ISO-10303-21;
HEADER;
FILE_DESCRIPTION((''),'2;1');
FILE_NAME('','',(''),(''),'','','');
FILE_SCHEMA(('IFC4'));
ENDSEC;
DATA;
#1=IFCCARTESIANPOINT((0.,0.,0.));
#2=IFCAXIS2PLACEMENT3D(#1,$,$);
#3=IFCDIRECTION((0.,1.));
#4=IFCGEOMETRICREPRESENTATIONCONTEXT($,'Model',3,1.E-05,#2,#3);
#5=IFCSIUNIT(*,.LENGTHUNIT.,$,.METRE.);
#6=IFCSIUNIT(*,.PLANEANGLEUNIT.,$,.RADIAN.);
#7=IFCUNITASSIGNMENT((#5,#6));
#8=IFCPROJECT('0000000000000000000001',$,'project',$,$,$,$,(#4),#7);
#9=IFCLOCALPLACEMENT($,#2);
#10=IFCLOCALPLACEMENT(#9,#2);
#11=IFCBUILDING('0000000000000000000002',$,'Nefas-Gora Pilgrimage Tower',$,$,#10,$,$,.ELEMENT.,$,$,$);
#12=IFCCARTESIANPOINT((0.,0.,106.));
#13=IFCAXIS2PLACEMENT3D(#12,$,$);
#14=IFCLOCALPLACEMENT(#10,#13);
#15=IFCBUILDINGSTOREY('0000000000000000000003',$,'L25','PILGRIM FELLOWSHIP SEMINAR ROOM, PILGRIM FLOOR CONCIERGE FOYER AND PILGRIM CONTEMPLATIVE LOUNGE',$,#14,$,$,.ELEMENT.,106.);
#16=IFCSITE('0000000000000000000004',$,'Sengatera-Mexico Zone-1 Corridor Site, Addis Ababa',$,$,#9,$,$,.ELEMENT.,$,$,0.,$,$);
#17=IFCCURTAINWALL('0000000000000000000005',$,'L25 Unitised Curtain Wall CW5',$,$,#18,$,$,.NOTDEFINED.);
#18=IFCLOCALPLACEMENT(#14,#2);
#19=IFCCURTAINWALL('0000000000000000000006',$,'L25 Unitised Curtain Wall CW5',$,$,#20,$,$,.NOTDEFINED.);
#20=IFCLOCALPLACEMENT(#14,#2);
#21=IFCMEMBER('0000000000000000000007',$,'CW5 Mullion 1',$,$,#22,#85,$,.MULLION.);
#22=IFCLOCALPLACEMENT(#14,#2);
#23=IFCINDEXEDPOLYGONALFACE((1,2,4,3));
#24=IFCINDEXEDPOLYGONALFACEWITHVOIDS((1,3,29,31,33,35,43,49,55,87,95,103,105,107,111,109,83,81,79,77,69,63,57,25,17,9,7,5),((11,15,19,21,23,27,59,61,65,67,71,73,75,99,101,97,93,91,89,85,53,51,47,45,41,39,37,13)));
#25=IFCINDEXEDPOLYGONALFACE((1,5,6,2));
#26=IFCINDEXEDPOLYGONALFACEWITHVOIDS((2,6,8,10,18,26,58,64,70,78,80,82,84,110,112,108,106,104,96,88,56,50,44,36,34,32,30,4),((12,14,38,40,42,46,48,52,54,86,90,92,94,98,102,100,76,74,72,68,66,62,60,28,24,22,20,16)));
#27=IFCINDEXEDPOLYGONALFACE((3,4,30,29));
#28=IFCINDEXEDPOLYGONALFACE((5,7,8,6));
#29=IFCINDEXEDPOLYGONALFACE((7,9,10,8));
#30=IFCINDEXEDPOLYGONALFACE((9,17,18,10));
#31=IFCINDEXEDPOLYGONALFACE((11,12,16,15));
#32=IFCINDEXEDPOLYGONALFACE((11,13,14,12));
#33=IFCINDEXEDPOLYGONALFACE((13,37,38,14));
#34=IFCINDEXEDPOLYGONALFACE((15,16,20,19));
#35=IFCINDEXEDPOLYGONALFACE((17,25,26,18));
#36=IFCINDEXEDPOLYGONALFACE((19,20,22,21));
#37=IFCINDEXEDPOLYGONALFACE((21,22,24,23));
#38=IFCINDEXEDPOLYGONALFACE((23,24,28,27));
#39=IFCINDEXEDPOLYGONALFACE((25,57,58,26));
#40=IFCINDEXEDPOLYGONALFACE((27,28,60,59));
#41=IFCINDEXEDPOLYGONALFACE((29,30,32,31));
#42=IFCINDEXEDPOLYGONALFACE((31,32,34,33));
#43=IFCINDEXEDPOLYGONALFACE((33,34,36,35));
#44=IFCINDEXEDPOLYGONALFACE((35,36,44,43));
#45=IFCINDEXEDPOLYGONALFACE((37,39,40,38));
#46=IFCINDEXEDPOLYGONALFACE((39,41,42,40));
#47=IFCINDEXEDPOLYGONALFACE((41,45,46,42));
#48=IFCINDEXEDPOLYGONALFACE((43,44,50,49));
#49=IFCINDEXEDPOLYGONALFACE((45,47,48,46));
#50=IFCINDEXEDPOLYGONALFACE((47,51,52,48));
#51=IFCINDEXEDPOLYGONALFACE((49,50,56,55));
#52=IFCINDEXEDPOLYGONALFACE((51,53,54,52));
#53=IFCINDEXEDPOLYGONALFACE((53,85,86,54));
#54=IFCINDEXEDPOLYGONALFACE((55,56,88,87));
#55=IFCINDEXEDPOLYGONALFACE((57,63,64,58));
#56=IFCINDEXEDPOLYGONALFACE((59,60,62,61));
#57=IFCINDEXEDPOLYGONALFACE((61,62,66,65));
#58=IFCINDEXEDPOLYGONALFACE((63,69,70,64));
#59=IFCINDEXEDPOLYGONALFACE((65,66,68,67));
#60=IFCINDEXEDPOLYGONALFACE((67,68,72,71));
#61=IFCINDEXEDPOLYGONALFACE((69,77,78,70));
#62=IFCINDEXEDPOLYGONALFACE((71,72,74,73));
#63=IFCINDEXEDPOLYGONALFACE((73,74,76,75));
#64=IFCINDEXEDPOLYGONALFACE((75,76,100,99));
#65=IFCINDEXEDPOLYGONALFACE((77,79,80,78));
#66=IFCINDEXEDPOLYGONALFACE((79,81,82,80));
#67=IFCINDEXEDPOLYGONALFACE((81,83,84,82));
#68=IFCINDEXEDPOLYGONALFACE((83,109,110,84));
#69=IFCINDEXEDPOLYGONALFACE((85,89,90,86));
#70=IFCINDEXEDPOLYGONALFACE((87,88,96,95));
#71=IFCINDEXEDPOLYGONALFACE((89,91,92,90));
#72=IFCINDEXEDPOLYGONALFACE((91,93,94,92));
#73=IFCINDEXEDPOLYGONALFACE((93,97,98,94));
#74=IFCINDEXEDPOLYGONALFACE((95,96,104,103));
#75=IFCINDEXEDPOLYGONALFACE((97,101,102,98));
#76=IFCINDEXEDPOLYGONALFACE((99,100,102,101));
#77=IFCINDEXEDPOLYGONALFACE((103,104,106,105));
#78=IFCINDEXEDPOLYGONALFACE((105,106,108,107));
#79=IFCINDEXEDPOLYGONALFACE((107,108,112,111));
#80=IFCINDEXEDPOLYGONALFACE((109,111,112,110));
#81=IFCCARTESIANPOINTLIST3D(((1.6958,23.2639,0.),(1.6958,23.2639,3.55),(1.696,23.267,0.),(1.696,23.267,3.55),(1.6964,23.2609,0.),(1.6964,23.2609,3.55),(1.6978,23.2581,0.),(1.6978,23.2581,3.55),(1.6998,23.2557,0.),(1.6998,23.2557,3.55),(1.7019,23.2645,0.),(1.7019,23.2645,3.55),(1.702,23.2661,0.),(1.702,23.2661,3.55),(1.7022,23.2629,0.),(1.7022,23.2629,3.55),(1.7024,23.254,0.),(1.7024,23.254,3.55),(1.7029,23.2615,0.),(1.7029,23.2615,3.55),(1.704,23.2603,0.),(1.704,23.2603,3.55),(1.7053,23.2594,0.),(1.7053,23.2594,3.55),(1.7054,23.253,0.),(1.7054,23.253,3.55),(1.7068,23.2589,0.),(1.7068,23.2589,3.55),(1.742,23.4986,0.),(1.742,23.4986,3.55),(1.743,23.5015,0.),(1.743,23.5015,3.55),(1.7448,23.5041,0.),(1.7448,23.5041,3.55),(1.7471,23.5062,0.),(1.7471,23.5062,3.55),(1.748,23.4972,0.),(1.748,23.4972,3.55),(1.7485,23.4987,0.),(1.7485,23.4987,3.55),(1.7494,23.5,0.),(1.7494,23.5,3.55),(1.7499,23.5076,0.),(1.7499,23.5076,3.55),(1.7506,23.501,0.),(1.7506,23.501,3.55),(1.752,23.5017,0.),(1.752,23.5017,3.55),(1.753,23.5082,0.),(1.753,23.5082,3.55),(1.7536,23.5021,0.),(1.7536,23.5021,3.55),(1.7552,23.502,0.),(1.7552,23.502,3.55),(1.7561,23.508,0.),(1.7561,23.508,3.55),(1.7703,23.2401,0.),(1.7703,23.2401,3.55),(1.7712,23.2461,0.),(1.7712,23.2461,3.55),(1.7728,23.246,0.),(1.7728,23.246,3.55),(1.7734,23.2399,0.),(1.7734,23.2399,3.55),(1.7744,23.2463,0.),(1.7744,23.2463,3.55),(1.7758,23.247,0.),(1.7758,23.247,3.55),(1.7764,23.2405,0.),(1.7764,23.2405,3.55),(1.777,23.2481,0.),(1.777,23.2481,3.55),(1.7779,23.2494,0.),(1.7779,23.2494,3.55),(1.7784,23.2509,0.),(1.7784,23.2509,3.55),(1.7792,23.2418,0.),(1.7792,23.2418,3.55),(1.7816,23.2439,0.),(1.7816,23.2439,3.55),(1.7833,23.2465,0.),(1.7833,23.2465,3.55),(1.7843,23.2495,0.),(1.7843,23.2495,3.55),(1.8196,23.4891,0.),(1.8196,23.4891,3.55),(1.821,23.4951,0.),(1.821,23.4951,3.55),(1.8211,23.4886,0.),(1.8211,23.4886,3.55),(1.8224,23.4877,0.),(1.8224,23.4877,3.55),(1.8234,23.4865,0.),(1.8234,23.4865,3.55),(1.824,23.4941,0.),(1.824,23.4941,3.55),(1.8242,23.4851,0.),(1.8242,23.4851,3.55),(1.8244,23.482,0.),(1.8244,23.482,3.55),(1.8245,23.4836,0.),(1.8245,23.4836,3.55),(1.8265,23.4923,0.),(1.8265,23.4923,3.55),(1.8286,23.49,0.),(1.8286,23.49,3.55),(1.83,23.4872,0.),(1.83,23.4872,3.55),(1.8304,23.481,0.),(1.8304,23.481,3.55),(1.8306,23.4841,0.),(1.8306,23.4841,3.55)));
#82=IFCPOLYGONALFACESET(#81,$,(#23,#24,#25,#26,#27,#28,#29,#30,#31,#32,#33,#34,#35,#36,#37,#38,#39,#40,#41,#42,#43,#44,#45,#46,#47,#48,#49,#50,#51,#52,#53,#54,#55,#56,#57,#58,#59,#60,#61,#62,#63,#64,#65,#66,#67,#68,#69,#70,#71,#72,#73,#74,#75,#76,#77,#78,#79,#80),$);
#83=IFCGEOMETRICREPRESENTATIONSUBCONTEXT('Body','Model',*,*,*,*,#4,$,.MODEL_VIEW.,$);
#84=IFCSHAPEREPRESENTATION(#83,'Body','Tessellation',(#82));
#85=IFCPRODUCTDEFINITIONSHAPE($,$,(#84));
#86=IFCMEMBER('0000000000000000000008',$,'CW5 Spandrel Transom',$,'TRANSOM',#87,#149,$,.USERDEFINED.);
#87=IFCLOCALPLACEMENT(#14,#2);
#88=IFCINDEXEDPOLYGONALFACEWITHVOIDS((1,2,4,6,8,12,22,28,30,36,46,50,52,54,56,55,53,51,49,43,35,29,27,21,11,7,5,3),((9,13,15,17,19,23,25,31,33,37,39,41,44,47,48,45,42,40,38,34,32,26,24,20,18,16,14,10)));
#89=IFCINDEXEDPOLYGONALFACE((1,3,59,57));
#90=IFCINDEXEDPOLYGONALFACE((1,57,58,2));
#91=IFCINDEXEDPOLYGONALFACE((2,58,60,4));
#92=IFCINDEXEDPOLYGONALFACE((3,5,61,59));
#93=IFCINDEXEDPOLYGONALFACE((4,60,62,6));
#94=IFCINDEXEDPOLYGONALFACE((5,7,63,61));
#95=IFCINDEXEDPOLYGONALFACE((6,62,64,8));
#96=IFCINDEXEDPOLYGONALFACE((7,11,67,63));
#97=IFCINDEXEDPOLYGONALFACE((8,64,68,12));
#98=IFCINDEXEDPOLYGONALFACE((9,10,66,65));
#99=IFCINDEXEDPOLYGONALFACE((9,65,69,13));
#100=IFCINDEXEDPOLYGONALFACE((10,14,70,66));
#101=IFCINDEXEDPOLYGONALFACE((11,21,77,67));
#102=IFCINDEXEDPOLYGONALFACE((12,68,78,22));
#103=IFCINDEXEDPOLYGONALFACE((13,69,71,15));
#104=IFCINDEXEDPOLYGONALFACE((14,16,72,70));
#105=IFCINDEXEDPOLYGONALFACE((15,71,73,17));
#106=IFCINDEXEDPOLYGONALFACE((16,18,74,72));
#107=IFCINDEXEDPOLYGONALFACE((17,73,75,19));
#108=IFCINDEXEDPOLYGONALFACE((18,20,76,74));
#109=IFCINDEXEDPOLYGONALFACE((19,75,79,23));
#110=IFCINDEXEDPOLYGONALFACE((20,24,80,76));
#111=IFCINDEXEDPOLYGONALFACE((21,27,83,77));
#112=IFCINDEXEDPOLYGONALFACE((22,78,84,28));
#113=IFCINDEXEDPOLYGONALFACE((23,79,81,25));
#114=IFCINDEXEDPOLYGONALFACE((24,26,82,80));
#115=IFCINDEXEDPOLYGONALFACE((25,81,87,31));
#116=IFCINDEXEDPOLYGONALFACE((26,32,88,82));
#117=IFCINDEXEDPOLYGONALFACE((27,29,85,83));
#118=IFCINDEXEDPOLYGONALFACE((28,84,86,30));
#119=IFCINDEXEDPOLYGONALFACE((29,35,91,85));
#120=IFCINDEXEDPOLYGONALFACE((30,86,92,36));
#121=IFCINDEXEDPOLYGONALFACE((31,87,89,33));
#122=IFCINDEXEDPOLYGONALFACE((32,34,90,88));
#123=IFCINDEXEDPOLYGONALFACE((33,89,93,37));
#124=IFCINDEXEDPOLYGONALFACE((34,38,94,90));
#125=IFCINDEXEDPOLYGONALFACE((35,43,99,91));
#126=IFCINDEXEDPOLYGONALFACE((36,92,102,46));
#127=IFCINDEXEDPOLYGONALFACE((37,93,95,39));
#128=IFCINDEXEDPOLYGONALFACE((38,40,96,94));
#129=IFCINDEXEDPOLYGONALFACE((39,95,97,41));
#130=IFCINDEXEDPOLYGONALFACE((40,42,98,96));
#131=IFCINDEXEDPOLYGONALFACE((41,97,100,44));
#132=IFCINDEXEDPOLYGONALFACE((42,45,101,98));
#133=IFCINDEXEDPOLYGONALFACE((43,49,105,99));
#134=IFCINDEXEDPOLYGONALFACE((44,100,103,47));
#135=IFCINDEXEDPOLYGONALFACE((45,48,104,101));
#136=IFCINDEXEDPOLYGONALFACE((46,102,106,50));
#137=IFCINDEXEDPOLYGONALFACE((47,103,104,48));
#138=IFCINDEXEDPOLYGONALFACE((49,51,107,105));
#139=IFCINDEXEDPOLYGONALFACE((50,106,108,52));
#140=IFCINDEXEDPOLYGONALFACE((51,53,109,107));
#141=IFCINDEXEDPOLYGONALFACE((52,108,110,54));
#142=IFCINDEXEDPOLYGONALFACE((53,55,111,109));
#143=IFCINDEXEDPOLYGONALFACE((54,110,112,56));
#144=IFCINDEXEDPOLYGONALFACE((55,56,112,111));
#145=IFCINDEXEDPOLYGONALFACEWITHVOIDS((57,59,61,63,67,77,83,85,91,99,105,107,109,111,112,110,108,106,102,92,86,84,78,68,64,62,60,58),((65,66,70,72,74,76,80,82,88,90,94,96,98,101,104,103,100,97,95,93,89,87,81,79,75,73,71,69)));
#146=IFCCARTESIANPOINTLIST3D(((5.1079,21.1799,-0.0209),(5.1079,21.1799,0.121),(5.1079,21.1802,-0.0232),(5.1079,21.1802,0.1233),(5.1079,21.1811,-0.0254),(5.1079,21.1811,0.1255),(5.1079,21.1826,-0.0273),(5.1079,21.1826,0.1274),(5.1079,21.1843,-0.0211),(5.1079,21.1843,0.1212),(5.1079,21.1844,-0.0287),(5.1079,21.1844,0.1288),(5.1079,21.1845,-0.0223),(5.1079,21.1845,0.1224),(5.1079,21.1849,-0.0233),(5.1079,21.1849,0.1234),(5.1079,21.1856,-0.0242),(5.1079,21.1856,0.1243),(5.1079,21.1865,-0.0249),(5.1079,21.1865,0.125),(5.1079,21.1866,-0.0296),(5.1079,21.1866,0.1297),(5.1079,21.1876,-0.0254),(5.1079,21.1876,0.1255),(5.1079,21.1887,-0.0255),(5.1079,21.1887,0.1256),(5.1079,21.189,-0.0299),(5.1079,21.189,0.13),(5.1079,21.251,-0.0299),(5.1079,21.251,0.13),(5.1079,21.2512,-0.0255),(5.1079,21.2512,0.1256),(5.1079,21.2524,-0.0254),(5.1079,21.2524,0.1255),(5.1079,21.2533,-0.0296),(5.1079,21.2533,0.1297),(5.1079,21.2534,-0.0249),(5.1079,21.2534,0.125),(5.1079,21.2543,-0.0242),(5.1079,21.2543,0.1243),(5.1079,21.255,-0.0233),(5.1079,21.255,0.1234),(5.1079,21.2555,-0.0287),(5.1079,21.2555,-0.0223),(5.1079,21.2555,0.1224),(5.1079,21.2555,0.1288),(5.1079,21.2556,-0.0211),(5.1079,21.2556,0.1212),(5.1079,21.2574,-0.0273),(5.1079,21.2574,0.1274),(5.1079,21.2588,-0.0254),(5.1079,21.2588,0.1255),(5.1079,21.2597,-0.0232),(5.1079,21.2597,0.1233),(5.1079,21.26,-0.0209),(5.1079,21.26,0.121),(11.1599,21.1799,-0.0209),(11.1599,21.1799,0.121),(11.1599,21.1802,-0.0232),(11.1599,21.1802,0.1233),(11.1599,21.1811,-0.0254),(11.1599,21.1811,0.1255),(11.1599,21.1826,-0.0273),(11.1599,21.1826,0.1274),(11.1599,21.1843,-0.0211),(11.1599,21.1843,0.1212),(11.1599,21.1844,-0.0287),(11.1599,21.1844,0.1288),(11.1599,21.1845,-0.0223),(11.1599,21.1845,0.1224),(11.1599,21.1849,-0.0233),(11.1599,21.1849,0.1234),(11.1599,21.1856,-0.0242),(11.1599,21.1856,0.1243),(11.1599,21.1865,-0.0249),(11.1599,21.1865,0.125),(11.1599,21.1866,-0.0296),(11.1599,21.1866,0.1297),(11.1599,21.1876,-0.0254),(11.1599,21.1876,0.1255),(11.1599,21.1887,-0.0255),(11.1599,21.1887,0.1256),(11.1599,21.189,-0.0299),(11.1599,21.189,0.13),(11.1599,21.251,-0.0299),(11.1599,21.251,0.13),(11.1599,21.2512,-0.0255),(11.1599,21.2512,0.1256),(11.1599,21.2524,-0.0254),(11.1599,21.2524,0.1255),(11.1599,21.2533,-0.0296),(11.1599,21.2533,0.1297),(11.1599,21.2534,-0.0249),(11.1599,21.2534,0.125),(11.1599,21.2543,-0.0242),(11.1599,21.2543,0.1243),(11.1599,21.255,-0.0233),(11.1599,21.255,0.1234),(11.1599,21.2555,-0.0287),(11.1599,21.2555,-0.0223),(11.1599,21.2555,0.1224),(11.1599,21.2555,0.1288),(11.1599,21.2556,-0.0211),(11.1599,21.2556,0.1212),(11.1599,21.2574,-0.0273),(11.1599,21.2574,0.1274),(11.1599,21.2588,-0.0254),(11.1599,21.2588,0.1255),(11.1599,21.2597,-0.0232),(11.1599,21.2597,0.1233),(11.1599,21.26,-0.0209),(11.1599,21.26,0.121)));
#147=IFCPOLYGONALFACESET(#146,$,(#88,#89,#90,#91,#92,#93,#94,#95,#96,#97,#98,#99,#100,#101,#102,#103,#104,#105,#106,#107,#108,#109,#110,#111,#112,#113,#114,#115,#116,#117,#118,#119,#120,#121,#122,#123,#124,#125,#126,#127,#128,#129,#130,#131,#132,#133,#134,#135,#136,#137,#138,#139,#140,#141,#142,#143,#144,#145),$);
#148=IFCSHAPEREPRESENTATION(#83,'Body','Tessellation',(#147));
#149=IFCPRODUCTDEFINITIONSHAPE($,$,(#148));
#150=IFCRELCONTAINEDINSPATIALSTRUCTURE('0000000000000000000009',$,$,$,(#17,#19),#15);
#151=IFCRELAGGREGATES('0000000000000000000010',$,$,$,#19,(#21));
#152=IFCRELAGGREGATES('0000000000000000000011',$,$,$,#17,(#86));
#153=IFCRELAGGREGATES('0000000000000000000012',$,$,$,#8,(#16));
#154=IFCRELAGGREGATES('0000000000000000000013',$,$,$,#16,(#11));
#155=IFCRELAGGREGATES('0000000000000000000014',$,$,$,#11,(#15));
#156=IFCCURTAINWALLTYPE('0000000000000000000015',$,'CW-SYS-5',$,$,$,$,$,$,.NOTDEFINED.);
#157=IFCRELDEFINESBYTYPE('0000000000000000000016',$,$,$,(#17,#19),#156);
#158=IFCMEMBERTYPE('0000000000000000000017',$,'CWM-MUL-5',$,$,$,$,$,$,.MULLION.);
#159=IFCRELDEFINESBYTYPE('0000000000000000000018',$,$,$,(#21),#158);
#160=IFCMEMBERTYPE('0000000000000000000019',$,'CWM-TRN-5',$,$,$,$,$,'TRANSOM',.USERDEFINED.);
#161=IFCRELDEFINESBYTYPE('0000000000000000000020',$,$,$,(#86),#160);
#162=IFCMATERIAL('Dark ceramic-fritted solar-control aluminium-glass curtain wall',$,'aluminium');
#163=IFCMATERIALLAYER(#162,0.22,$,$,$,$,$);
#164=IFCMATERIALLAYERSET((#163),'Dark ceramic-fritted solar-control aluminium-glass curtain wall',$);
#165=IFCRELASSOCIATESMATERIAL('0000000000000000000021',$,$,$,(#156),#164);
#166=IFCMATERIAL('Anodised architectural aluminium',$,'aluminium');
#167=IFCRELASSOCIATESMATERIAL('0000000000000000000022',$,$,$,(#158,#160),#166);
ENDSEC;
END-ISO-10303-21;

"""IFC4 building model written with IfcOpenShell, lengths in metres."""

from ifc_helpers import new_model, si_unit, direction, frame, origin, origin_2d, place, context, subcontext, project, spatial, hollow_rectangle, extrude, source, transform, mapped, material, layer, layer_set, material_profile, profile_set, type_object, element, aggregate, save


model = new_model("IFC4")

# Units and contexts
model_context = context("Model", 3, precision=1e-05, world=origin(), true_north=direction((0.0, 1.0)))
body_context = subcontext(model_context, "Body", "Model", "MODEL_VIEW")
ifc_project = project(units=[si_unit("LENGTHUNIT", "METRE"), si_unit("PLANEANGLEUNIT", "RADIAN")], contexts=[model_context])

# Site, building, storey
site_placement = place(None, origin())
site = spatial("IfcSite", under=ifc_project, at=site_placement, Name="Sengatera-Mexico Zone-1 Corridor Site, Addis Ababa", CompositionType="ELEMENT", RefElevation=0.0)
building_placement = place(site_placement, origin())
building = spatial("IfcBuilding", under=site, at=building_placement, Name="Nefas-Gora Pilgrimage Tower", CompositionType="ELEMENT")
storey_placement = place(building_placement, frame((0.0, 0.0, 106.0)))
storey = spatial("IfcBuildingStorey", under=building, at=storey_placement, Name="L25", Description="PILGRIM FELLOWSHIP SEMINAR ROOM, PILGRIM FLOOR CONCIERGE FOYER AND PILGRIM CONTEMPLATIVE LOUNGE", CompositionType="ELEMENT", Elevation=106.0)

# Curtain wall
ifc_material_1 = material(Name="Dark ceramic-fritted solar-control aluminium-glass curtain wall", Category="aluminium")
ifc_layer_1 = layer(ifc_material_1, 0.22)
ifc_layer_set_1 = layer_set([ifc_layer_1], Name="Dark ceramic-fritted solar-control aluminium-glass curtain wall")
curtain_wall_type_1 = type_object("IfcCurtainWallType", Name="CW-SYS-5", PredefinedType="NOTDEFINED", material=ifc_layer_set_1)
curtain_wall_1_placement = place(storey_placement, origin())
curtain_wall_1 = element("IfcCurtainWall", 1, at=curtain_wall_1_placement, inside=storey, type_object=curtain_wall_type_1, Name="L25 Unitised Curtain Wall CW5", PredefinedType="NOTDEFINED")
ifc_material_2 = material(Name="Anodised architectural aluminium", Category="aluminium")
ifc_material_profile_1 = material_profile(ifc_material_2, hollow_rectangle(XDim=0.0901, YDim=0.26, WallThickness=0.0061, InnerFilletRadius=0.0061, OuterFilletRadius=0.012, at=origin_2d()), Name="ALU MULLION 90x260")
ifc_profile_set_1 = profile_set([ifc_material_profile_1], Name="Anodised architectural aluminium")
member_type_1 = type_object("IfcMemberType", Name="CWM-MUL-5", PredefinedType="MULLION", material=ifc_profile_set_1)
shared_shape_1 = source(origin(), body_context, "Body", "SweptSolid", [
    extrude(hollow_rectangle(XDim=0.0901, YDim=0.26, WallThickness=0.0061, InnerFilletRadius=0.0061, OuterFilletRadius=0.012, at=origin_2d()), origin(), (0.0, 0.0, 1.0), 3.55),
])

# Curtain wall, member
curtain_wall_2_placement = place(storey_placement, origin())
curtain_wall_2 = element("IfcCurtainWall", 2, at=curtain_wall_2_placement, inside=storey, type_object=curtain_wall_type_1, Name="L25 Unitised Curtain Wall CW5", PredefinedType="NOTDEFINED")
member_1_placement = place(storey_placement, frame((1.7632, 23.374, 0.0), z_axis=(0.0, 0.0, 1.0), x_axis=(-0.980783, 0.195102, 0.0)))
member_1 = element("IfcMember", 3, at=member_1_placement, type_object=member_type_1, Name="CW5 Mullion 1", PredefinedType="MULLION", context=body_context, shape_type="MappedRepresentation", body=[
    mapped(shared_shape_1, transform((0.0, 0.0, 0.0), x_axis=(1.0, 0.0, 0.0), y_axis=(0.0, 1.0, 0.0), z_axis=(0.0, 0.0, 1.0), scale=1.0)),
])

# Member
ifc_material_profile_2 = material_profile(ifc_material_2, hollow_rectangle(XDim=0.0801, YDim=0.1599, WallThickness=0.0044, InnerFilletRadius=0.0044, OuterFilletRadius=0.009, at=origin_2d()), Name="ALU TRANSOM 80x160")
ifc_profile_set_2 = profile_set([ifc_material_profile_2], Name="Anodised architectural aluminium")
member_type_2 = type_object("IfcMemberType", Name="CWM-TRN-5", ElementType="TRANSOM", PredefinedType="USERDEFINED", material=ifc_profile_set_2)
shared_shape_2 = source(origin(), body_context, "Body", "SweptSolid", [
    extrude(hollow_rectangle(XDim=0.0801, YDim=0.1599, WallThickness=0.0044, InnerFilletRadius=0.0044, OuterFilletRadius=0.009, at=origin_2d()), origin(), (0.0, 0.0, 1.0), 6.052),
])
member_2_placement = place(storey_placement, frame((11.1599, 21.22, 0.05), z_axis=(-1.0, 0.0, 0.0), x_axis=(0.0, -1.0, 0.0)))
member_2 = element("IfcMember", 4, at=member_2_placement, type_object=member_type_2, Name="CW5 Spandrel Transom", ObjectType="TRANSOM", PredefinedType="USERDEFINED", context=body_context, shape_type="MappedRepresentation", body=[
    mapped(shared_shape_2, transform((0.0, 0.0, 0.0), x_axis=(1.0, 0.0, 0.0), y_axis=(0.0, 1.0, 0.0), z_axis=(0.0, 0.0, 1.0), scale=1.0)),
])

aggregate(curtain_wall_2, [member_1])

aggregate(curtain_wall_1, [member_2])

save(model, "model.ifc")
